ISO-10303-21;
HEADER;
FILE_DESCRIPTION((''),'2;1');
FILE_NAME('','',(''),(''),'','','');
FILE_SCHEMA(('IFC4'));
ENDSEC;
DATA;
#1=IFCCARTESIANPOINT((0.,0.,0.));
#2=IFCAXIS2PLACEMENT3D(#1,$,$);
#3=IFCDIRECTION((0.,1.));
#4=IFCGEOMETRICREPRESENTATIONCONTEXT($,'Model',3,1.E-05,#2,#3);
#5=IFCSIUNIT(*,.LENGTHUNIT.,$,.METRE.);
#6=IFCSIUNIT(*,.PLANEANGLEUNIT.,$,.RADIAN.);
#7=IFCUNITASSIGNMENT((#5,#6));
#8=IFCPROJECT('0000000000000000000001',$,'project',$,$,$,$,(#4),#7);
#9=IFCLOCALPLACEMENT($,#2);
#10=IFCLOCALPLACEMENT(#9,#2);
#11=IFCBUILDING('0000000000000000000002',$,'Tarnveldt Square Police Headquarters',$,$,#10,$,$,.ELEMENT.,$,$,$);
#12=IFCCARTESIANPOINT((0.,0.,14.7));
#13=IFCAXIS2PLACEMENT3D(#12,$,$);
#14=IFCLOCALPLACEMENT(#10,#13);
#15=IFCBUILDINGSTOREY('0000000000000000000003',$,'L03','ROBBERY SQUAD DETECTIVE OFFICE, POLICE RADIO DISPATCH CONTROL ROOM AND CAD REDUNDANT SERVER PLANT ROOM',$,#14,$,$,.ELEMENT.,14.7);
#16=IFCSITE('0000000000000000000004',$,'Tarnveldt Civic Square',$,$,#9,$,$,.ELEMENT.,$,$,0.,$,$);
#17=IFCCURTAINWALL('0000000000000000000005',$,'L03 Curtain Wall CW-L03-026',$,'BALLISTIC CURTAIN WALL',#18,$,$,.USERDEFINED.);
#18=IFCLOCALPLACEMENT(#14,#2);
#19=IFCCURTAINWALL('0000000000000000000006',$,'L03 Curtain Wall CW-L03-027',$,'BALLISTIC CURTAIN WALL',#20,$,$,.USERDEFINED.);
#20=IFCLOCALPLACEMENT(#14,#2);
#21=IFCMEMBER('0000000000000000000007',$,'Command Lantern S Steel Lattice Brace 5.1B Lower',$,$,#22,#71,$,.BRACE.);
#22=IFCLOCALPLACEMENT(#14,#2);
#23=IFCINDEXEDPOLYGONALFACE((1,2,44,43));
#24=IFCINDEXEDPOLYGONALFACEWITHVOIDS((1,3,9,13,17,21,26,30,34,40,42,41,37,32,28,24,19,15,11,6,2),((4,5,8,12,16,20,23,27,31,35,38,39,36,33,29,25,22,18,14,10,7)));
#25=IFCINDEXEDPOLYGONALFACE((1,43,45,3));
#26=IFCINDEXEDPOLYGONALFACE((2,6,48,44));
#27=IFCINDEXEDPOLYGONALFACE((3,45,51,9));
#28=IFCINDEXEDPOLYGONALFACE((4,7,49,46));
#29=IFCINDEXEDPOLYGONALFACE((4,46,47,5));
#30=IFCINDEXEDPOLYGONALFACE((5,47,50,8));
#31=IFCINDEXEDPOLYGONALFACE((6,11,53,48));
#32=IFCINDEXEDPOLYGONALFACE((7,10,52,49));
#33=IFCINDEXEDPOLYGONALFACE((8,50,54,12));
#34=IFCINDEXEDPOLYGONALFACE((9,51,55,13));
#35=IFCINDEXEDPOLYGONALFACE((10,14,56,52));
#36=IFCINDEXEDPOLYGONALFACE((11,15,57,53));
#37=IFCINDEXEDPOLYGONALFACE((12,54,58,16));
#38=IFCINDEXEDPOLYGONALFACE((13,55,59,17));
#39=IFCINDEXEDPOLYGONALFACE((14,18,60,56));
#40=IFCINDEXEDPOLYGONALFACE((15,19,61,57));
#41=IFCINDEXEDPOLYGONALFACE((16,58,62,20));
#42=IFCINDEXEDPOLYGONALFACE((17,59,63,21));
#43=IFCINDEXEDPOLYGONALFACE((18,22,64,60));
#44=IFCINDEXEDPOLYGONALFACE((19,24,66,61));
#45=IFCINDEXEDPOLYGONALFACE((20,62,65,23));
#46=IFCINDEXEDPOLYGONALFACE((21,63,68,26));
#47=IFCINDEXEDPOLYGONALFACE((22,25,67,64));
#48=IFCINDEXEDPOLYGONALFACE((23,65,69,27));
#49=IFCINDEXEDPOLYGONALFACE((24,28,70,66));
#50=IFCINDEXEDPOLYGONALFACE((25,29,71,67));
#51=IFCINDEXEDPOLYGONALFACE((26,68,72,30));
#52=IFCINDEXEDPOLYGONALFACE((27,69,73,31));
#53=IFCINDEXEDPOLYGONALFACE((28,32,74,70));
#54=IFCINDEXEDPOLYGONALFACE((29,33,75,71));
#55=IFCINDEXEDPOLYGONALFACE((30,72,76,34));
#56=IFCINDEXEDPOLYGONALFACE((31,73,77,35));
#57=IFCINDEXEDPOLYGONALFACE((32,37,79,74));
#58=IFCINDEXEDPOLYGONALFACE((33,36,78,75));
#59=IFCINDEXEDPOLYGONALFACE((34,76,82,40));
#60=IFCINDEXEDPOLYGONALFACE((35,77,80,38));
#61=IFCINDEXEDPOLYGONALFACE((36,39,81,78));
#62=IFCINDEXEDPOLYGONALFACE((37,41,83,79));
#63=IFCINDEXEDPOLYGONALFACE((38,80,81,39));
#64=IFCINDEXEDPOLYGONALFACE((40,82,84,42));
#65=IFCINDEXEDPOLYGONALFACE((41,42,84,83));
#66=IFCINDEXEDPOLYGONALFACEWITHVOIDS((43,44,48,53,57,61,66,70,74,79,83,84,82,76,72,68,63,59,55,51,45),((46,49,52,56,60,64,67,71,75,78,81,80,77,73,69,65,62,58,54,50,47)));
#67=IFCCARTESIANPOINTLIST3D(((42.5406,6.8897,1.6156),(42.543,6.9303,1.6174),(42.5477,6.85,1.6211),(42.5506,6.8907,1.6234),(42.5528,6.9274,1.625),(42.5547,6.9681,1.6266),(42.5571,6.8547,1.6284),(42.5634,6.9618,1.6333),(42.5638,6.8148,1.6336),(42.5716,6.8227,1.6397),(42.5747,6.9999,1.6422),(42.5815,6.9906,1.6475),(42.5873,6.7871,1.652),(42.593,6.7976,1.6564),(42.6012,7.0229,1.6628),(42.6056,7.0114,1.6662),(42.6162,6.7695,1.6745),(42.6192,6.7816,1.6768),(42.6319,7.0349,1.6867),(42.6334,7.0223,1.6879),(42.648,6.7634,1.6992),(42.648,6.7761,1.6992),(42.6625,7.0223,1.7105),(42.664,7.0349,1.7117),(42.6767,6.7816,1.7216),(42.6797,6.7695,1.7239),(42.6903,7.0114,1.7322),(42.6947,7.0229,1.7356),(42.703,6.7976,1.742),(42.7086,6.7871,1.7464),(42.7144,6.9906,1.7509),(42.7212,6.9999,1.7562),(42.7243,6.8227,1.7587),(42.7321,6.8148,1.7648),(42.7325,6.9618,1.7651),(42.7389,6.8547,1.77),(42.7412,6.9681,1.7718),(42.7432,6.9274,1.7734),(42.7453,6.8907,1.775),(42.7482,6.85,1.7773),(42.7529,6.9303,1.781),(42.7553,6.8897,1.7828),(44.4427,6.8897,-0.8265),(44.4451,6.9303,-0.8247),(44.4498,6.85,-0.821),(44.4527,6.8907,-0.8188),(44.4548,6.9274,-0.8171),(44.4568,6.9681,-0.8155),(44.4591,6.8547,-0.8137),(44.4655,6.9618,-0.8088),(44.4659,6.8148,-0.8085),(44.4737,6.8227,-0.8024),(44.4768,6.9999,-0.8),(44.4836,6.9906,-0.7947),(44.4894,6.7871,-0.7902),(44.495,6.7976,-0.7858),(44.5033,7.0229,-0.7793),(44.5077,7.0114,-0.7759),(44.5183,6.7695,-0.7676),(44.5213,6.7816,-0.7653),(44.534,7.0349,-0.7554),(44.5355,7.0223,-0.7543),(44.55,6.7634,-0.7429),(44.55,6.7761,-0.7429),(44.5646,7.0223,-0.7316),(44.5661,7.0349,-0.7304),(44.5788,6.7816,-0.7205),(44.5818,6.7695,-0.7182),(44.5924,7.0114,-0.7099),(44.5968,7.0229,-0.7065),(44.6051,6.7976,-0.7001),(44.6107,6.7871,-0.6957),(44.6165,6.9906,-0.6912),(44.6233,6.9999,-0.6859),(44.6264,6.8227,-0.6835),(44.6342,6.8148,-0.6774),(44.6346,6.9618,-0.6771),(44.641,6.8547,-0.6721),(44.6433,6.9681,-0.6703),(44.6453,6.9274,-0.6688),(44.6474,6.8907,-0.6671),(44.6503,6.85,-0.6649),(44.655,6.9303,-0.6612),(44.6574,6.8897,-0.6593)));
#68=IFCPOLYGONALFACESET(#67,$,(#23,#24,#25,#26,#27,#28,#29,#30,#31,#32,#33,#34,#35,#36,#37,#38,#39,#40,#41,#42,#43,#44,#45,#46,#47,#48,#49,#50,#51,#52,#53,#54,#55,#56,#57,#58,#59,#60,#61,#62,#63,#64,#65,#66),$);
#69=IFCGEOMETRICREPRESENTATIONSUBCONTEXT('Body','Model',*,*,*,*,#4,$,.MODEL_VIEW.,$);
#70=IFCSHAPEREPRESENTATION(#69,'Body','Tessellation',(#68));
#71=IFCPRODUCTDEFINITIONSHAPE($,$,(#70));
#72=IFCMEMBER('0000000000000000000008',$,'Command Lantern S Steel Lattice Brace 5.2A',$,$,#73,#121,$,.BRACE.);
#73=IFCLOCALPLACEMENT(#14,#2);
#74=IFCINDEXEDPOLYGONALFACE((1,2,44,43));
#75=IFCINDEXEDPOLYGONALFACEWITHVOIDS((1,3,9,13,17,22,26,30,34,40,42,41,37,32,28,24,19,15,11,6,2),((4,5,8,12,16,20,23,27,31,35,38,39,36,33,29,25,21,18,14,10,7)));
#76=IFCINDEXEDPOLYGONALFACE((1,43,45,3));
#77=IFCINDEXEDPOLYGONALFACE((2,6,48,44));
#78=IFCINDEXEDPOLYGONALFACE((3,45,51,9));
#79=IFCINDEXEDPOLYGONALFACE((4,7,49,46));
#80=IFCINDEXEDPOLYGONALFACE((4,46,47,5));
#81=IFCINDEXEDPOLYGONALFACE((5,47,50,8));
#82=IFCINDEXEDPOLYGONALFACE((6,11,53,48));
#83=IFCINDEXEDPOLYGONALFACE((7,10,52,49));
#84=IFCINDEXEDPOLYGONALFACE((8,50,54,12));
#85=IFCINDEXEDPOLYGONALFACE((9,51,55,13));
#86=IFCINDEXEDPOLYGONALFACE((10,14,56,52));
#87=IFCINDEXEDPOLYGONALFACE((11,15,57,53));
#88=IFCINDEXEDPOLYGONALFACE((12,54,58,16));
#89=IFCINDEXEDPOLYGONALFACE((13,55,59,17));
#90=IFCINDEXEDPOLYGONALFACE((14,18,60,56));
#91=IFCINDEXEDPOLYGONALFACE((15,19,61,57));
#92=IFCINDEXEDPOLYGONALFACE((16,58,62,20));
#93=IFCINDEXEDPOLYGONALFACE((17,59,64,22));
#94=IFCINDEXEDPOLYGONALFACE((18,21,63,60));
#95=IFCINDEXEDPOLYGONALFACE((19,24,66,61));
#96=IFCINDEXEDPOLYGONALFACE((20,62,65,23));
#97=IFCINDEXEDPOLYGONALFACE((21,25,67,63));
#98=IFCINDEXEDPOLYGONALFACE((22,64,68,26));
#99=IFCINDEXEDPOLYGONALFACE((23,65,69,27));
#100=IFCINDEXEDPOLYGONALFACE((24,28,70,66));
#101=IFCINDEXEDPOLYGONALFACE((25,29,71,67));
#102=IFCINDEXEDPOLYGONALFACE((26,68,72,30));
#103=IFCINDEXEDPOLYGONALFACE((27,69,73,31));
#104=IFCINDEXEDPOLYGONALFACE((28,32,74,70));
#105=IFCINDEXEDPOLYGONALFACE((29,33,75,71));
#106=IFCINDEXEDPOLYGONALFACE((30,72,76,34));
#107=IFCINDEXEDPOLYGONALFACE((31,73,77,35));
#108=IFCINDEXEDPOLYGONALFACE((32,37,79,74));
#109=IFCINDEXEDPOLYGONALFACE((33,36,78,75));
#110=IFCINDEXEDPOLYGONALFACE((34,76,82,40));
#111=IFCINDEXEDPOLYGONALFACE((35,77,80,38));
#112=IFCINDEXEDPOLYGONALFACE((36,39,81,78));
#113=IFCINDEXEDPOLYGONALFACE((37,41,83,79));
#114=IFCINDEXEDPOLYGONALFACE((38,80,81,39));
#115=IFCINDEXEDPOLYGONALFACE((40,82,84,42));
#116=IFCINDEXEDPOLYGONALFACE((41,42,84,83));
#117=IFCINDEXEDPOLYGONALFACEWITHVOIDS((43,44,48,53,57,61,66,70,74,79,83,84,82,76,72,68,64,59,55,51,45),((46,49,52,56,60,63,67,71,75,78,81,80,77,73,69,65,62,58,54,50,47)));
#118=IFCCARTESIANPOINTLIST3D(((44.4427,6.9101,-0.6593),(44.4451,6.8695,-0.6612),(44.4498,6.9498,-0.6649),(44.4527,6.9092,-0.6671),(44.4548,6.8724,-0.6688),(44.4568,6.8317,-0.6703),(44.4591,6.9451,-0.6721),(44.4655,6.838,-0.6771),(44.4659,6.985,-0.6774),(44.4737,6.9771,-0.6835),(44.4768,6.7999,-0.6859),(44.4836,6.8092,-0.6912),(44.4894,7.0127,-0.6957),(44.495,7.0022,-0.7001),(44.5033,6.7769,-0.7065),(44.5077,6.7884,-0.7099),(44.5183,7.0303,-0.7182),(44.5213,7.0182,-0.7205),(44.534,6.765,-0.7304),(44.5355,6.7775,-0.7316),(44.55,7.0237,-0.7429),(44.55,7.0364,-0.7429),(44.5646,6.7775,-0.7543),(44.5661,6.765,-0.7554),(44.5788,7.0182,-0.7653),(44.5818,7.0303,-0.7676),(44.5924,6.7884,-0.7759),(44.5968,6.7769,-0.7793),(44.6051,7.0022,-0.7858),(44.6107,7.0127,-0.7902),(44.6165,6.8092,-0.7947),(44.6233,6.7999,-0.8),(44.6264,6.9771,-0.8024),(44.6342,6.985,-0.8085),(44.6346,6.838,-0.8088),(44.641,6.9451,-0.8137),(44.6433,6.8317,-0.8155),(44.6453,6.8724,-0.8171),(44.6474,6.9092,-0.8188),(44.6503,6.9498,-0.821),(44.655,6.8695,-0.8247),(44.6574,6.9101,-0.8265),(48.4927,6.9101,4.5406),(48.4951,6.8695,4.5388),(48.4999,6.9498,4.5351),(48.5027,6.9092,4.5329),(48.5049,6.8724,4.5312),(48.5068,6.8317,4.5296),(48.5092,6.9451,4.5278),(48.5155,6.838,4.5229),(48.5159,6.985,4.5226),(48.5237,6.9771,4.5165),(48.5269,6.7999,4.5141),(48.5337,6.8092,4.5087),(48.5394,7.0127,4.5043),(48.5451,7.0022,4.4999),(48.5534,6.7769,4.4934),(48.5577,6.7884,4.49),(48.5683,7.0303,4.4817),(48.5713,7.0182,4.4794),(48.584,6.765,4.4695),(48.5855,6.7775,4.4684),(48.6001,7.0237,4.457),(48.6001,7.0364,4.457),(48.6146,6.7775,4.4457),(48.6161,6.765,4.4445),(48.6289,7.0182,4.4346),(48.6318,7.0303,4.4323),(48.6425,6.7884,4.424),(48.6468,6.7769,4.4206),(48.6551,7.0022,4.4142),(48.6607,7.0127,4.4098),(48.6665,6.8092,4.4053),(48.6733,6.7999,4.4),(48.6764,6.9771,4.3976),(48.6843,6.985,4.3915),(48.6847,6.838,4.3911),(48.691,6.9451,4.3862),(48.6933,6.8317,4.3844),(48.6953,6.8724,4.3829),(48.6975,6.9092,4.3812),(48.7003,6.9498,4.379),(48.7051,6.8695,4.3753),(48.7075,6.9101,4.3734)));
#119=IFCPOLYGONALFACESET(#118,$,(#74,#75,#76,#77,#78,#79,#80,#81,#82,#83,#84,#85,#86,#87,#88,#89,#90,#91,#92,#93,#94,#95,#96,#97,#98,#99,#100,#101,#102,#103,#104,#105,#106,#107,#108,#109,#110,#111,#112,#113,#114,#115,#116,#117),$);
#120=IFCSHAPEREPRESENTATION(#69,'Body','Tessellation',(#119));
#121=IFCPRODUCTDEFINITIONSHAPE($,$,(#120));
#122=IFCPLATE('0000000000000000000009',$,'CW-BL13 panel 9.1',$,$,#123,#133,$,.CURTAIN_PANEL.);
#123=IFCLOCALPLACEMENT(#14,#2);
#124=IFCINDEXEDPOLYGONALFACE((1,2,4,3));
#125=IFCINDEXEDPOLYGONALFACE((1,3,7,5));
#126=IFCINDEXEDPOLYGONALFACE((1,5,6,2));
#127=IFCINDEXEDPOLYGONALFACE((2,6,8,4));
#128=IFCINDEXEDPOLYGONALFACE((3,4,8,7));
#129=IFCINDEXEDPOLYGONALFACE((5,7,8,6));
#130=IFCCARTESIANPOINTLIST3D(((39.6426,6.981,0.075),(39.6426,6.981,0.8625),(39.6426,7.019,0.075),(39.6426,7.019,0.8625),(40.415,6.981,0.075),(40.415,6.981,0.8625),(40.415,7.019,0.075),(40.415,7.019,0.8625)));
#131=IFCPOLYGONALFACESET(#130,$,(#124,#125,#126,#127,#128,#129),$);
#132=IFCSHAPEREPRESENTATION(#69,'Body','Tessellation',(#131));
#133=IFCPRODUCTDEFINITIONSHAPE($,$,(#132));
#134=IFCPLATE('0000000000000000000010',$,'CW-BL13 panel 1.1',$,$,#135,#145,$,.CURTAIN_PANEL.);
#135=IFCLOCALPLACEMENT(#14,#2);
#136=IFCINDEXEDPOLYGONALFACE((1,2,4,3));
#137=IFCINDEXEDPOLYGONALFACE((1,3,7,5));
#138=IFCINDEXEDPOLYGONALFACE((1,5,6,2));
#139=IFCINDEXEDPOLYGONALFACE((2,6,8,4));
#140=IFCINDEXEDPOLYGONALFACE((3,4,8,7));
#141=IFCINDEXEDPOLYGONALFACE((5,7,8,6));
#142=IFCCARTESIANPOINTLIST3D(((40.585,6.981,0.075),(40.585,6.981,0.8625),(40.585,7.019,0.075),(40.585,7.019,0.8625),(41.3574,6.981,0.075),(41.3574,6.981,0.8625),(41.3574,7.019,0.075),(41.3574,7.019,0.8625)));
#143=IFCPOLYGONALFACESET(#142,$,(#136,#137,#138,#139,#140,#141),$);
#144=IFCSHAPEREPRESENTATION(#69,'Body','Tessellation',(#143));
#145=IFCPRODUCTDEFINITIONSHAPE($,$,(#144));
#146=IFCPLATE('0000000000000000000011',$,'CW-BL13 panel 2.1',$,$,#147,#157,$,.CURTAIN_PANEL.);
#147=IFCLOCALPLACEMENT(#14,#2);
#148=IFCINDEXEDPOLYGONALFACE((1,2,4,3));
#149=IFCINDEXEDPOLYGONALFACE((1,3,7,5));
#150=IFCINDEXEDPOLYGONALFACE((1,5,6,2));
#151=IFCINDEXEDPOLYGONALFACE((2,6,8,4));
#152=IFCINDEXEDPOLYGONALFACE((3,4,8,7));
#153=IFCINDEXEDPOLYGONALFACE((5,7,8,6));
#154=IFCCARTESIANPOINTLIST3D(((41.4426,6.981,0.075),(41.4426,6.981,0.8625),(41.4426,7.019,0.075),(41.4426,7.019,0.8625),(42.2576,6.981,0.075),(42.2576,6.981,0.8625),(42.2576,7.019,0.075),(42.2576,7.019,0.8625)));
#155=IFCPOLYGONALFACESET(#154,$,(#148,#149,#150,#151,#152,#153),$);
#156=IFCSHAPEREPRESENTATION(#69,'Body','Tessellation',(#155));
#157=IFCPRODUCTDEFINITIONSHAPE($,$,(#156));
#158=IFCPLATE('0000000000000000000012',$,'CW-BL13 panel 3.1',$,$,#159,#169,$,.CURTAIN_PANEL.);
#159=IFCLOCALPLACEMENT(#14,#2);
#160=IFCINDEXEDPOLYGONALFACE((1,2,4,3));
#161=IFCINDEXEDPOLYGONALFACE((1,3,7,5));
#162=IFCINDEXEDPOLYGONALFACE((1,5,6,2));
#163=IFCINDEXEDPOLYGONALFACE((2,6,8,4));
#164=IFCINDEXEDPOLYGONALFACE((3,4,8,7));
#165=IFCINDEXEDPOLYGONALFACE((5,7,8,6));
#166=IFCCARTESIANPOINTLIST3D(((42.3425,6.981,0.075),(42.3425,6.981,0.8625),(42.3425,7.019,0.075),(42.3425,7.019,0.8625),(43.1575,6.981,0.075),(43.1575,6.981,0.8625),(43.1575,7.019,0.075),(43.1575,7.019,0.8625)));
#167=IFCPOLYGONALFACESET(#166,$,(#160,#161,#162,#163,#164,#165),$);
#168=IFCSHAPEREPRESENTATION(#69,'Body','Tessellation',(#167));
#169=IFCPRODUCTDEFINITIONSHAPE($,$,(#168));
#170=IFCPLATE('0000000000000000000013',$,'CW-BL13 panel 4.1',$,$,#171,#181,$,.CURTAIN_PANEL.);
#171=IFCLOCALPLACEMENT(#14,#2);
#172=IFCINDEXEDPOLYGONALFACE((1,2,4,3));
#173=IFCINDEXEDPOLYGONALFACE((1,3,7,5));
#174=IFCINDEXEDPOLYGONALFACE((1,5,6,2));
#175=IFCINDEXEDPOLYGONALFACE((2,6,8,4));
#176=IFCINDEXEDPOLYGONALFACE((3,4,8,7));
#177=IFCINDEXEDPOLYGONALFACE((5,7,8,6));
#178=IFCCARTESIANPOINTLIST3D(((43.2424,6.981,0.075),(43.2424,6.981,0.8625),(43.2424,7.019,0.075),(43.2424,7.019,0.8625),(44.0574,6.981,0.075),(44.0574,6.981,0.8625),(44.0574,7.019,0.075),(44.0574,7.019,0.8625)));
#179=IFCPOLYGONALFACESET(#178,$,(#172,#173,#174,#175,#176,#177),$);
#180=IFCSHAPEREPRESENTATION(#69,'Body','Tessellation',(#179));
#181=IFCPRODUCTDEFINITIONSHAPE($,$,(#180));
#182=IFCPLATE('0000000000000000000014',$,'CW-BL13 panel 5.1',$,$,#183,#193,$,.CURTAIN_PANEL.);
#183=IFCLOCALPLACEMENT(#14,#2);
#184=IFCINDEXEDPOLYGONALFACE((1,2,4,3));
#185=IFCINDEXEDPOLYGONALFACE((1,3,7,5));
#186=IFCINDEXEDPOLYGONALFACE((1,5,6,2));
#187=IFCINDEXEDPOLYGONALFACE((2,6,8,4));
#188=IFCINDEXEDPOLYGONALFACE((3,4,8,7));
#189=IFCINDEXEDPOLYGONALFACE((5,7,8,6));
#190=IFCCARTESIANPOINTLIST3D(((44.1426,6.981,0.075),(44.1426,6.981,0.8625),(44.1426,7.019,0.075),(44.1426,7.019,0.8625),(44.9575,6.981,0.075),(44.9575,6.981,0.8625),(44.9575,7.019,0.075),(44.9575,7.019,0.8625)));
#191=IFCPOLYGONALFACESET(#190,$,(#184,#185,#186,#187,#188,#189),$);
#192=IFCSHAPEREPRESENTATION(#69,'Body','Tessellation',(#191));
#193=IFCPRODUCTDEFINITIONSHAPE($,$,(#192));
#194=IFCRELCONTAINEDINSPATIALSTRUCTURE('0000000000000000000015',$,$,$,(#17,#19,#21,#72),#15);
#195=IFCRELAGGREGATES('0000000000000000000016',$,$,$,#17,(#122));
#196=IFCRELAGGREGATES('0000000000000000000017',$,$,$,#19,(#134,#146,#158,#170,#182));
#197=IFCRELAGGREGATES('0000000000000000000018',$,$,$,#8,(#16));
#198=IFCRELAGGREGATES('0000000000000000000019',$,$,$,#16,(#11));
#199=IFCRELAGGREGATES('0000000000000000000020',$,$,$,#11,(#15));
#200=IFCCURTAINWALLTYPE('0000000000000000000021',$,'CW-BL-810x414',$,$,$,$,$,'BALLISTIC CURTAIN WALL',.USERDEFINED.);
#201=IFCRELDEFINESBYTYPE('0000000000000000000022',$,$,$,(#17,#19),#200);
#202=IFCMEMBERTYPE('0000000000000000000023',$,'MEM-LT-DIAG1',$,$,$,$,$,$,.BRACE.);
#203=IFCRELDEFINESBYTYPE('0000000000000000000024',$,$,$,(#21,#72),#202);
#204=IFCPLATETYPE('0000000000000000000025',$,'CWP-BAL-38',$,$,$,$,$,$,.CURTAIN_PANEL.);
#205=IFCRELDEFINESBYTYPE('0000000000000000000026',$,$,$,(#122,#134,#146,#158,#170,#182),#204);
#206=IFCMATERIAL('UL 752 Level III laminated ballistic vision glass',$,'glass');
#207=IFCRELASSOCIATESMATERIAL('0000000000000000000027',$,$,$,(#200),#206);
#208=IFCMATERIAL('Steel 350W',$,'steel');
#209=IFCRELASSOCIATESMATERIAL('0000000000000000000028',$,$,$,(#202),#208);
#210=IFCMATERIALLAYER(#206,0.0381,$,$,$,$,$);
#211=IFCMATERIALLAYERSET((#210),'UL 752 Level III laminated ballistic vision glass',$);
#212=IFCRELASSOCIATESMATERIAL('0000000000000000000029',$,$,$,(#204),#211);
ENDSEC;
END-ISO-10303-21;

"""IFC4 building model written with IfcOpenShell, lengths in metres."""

from ifc_helpers import new_model, si_unit, direction, frame, origin, origin_2d, place, context, subcontext, project, spatial, rectangle, hollow_circle, extrude, material, layer, layer_set, material_profile, profile_set, type_object, element, aggregate, save


model = new_model("IFC4")

# Units and contexts
model_context = context("Model", 3, precision=1e-05, world=origin(), true_north=direction((0.0, 1.0)))
body_context = subcontext(model_context, "Body", "Model", "MODEL_VIEW")
ifc_project = project(units=[si_unit("LENGTHUNIT", "METRE"), si_unit("PLANEANGLEUNIT", "RADIAN")], contexts=[model_context])

# Site, building, storey
site_placement = place(None, origin())
site = spatial("IfcSite", under=ifc_project, at=site_placement, Name="Tarnveldt Civic Square", CompositionType="ELEMENT", RefElevation=0.0)
building_placement = place(site_placement, origin())
building = spatial("IfcBuilding", under=site, at=building_placement, Name="Tarnveldt Square Police Headquarters", CompositionType="ELEMENT")
storey_placement = place(building_placement, frame((0.0, 0.0, 14.7)))
storey = spatial("IfcBuildingStorey", under=building, at=storey_placement, Name="L03", Description="ROBBERY SQUAD DETECTIVE OFFICE, POLICE RADIO DISPATCH CONTROL ROOM AND CAD REDUNDANT SERVER PLANT ROOM", CompositionType="ELEMENT", Elevation=14.7)

# Curtain wall
ifc_material_1 = material(Name="UL 752 Level III laminated ballistic vision glass", Category="glass")
curtain_wall_type = type_object("IfcCurtainWallType", Name="CW-BL-810x414", ElementType="BALLISTIC CURTAIN WALL", PredefinedType="USERDEFINED", material=ifc_material_1)
curtain_wall_1_placement = place(storey_placement, origin())
curtain_wall_1 = element("IfcCurtainWall", 1, at=curtain_wall_1_placement, inside=storey, type_object=curtain_wall_type, Name="L03 Curtain Wall CW-L03-026", ObjectType="BALLISTIC CURTAIN WALL", PredefinedType="USERDEFINED")

# Curtain wall
curtain_wall_2_placement = place(storey_placement, origin())
curtain_wall_2 = element("IfcCurtainWall", 2, at=curtain_wall_2_placement, inside=storey, type_object=curtain_wall_type, Name="L03 Curtain Wall CW-L03-027", ObjectType="BALLISTIC CURTAIN WALL", PredefinedType="USERDEFINED")

# Members
ifc_material_2 = material(Name="Steel 350W", Category="steel")
ifc_material_profile_1 = material_profile(ifc_material_2, hollow_circle(Radius=0.1365, WallThickness=0.0127, at=origin_2d()), Name="HSS273x13")
ifc_profile_set_1 = profile_set([ifc_material_profile_1], Name="Steel 350W")
member_type_1 = type_object("IfcMemberType", Name="MEM-LT-DIAG1", PredefinedType="BRACE", material=ifc_profile_set_1)
member_1_placement = place(storey_placement, frame((44.55, 6.8999, -0.7429), z_axis=(-0.614476, 0.0, 0.788936), x_axis=(0.0, -1.0, 0.0)))
element("IfcMember", 3, at=member_1_placement, inside=storey, type_object=member_type_1, Name="Command Lantern S Steel Lattice Brace 5.1B Lower", PredefinedType="BRACE", context=body_context, shape_type="SweptSolid", body=[
    extrude(hollow_circle(Radius=0.1365, WallThickness=0.0127, at=origin_2d()), origin(), (0.0, 0.0, 1.0), 3.0955),
])
member_2_placement = place(storey_placement, frame((44.55, 6.8999, -0.7429), z_axis=(0.614474, 0.0, 0.788937), x_axis=(0.0, 1.0, 0.0)))
element("IfcMember", 4, at=member_2_placement, inside=storey, type_object=member_type_1, Name="Command Lantern S Steel Lattice Brace 5.2A", PredefinedType="BRACE", context=body_context, shape_type="SweptSolid", body=[
    extrude(hollow_circle(Radius=0.1365, WallThickness=0.0127, at=origin_2d()), origin(), (0.0, 0.0, 1.0), 6.5911),
])

# Plates
ifc_layer_1 = layer(ifc_material_1, 0.0381)
ifc_layer_set_1 = layer_set([ifc_layer_1], Name="UL 752 Level III laminated ballistic vision glass")
plate_type_1 = type_object("IfcPlateType", Name="CWP-BAL-38", PredefinedType="CURTAIN_PANEL", material=ifc_layer_set_1)
plate_1_placement = place(storey_placement, frame((40.0288, 7.0, 0.075), z_axis=(0.0, 0.0, 1.0), x_axis=(1.0, 0.0, 0.0)))
plate_1 = element("IfcPlate", 5, at=plate_1_placement, type_object=plate_type_1, Name="CW-BL13 panel 9.1", PredefinedType="CURTAIN_PANEL", context=body_context, shape_type="SweptSolid", body=[
    extrude(rectangle(XDim=0.7725, YDim=0.0381, at=origin_2d()), origin(), (0.0, 0.0, 1.0), 0.7876),
])
aggregate(curtain_wall_1, [plate_1])
plate_2_placement = place(storey_placement, frame((40.9712, 7.0, 0.075), z_axis=(0.0, 0.0, 1.0), x_axis=(1.0, 0.0, 0.0)))
plate_2 = element("IfcPlate", 6, at=plate_2_placement, type_object=plate_type_1, Name="CW-BL13 panel 1.1", PredefinedType="CURTAIN_PANEL", context=body_context, shape_type="SweptSolid", body=[
    extrude(rectangle(XDim=0.7725, YDim=0.0381, at=origin_2d()), origin(), (0.0, 0.0, 1.0), 0.7876),
])
plate_3_placement = place(storey_placement, frame((41.8501, 7.0, 0.075), z_axis=(0.0, 0.0, 1.0), x_axis=(1.0, 0.0, 0.0)))
plate_3 = element("IfcPlate", 7, at=plate_3_placement, type_object=plate_type_1, Name="CW-BL13 panel 2.1", PredefinedType="CURTAIN_PANEL", context=body_context, shape_type="SweptSolid", body=[
    extrude(rectangle(XDim=0.8149, YDim=0.0381, at=origin_2d()), origin(), (0.0, 0.0, 1.0), 0.7876),
])
plate_4_placement = place(storey_placement, frame((42.75, 7.0, 0.075), z_axis=(0.0, 0.0, 1.0), x_axis=(1.0, 0.0, 0.0)))
plate_4 = element("IfcPlate", 8, at=plate_4_placement, type_object=plate_type_1, Name="CW-BL13 panel 3.1", PredefinedType="CURTAIN_PANEL", context=body_context, shape_type="SweptSolid", body=[
    extrude(rectangle(XDim=0.8149, YDim=0.0381, at=origin_2d()), origin(), (0.0, 0.0, 1.0), 0.7876),
])
plate_5_placement = place(storey_placement, frame((43.6499, 7.0, 0.075), z_axis=(0.0, 0.0, 1.0), x_axis=(1.0, 0.0, 0.0)))
plate_5 = element("IfcPlate", 9, at=plate_5_placement, type_object=plate_type_1, Name="CW-BL13 panel 4.1", PredefinedType="CURTAIN_PANEL", context=body_context, shape_type="SweptSolid", body=[
    extrude(rectangle(XDim=0.8149, YDim=0.0381, at=origin_2d()), origin(), (0.0, 0.0, 1.0), 0.7876),
])
plate_6_placement = place(storey_placement, frame((44.55, 7.0, 0.075), z_axis=(0.0, 0.0, 1.0), x_axis=(1.0, 0.0, 0.0)))
plate_6 = element("IfcPlate", 10, at=plate_6_placement, type_object=plate_type_1, Name="CW-BL13 panel 5.1", PredefinedType="CURTAIN_PANEL", context=body_context, shape_type="SweptSolid", body=[
    extrude(rectangle(XDim=0.8149, YDim=0.0381, at=origin_2d()), origin(), (0.0, 0.0, 1.0), 0.7876),
])
aggregate(curtain_wall_2, [plate_2, plate_3, plate_4, plate_5, plate_6])

save(model, "model.ifc")
